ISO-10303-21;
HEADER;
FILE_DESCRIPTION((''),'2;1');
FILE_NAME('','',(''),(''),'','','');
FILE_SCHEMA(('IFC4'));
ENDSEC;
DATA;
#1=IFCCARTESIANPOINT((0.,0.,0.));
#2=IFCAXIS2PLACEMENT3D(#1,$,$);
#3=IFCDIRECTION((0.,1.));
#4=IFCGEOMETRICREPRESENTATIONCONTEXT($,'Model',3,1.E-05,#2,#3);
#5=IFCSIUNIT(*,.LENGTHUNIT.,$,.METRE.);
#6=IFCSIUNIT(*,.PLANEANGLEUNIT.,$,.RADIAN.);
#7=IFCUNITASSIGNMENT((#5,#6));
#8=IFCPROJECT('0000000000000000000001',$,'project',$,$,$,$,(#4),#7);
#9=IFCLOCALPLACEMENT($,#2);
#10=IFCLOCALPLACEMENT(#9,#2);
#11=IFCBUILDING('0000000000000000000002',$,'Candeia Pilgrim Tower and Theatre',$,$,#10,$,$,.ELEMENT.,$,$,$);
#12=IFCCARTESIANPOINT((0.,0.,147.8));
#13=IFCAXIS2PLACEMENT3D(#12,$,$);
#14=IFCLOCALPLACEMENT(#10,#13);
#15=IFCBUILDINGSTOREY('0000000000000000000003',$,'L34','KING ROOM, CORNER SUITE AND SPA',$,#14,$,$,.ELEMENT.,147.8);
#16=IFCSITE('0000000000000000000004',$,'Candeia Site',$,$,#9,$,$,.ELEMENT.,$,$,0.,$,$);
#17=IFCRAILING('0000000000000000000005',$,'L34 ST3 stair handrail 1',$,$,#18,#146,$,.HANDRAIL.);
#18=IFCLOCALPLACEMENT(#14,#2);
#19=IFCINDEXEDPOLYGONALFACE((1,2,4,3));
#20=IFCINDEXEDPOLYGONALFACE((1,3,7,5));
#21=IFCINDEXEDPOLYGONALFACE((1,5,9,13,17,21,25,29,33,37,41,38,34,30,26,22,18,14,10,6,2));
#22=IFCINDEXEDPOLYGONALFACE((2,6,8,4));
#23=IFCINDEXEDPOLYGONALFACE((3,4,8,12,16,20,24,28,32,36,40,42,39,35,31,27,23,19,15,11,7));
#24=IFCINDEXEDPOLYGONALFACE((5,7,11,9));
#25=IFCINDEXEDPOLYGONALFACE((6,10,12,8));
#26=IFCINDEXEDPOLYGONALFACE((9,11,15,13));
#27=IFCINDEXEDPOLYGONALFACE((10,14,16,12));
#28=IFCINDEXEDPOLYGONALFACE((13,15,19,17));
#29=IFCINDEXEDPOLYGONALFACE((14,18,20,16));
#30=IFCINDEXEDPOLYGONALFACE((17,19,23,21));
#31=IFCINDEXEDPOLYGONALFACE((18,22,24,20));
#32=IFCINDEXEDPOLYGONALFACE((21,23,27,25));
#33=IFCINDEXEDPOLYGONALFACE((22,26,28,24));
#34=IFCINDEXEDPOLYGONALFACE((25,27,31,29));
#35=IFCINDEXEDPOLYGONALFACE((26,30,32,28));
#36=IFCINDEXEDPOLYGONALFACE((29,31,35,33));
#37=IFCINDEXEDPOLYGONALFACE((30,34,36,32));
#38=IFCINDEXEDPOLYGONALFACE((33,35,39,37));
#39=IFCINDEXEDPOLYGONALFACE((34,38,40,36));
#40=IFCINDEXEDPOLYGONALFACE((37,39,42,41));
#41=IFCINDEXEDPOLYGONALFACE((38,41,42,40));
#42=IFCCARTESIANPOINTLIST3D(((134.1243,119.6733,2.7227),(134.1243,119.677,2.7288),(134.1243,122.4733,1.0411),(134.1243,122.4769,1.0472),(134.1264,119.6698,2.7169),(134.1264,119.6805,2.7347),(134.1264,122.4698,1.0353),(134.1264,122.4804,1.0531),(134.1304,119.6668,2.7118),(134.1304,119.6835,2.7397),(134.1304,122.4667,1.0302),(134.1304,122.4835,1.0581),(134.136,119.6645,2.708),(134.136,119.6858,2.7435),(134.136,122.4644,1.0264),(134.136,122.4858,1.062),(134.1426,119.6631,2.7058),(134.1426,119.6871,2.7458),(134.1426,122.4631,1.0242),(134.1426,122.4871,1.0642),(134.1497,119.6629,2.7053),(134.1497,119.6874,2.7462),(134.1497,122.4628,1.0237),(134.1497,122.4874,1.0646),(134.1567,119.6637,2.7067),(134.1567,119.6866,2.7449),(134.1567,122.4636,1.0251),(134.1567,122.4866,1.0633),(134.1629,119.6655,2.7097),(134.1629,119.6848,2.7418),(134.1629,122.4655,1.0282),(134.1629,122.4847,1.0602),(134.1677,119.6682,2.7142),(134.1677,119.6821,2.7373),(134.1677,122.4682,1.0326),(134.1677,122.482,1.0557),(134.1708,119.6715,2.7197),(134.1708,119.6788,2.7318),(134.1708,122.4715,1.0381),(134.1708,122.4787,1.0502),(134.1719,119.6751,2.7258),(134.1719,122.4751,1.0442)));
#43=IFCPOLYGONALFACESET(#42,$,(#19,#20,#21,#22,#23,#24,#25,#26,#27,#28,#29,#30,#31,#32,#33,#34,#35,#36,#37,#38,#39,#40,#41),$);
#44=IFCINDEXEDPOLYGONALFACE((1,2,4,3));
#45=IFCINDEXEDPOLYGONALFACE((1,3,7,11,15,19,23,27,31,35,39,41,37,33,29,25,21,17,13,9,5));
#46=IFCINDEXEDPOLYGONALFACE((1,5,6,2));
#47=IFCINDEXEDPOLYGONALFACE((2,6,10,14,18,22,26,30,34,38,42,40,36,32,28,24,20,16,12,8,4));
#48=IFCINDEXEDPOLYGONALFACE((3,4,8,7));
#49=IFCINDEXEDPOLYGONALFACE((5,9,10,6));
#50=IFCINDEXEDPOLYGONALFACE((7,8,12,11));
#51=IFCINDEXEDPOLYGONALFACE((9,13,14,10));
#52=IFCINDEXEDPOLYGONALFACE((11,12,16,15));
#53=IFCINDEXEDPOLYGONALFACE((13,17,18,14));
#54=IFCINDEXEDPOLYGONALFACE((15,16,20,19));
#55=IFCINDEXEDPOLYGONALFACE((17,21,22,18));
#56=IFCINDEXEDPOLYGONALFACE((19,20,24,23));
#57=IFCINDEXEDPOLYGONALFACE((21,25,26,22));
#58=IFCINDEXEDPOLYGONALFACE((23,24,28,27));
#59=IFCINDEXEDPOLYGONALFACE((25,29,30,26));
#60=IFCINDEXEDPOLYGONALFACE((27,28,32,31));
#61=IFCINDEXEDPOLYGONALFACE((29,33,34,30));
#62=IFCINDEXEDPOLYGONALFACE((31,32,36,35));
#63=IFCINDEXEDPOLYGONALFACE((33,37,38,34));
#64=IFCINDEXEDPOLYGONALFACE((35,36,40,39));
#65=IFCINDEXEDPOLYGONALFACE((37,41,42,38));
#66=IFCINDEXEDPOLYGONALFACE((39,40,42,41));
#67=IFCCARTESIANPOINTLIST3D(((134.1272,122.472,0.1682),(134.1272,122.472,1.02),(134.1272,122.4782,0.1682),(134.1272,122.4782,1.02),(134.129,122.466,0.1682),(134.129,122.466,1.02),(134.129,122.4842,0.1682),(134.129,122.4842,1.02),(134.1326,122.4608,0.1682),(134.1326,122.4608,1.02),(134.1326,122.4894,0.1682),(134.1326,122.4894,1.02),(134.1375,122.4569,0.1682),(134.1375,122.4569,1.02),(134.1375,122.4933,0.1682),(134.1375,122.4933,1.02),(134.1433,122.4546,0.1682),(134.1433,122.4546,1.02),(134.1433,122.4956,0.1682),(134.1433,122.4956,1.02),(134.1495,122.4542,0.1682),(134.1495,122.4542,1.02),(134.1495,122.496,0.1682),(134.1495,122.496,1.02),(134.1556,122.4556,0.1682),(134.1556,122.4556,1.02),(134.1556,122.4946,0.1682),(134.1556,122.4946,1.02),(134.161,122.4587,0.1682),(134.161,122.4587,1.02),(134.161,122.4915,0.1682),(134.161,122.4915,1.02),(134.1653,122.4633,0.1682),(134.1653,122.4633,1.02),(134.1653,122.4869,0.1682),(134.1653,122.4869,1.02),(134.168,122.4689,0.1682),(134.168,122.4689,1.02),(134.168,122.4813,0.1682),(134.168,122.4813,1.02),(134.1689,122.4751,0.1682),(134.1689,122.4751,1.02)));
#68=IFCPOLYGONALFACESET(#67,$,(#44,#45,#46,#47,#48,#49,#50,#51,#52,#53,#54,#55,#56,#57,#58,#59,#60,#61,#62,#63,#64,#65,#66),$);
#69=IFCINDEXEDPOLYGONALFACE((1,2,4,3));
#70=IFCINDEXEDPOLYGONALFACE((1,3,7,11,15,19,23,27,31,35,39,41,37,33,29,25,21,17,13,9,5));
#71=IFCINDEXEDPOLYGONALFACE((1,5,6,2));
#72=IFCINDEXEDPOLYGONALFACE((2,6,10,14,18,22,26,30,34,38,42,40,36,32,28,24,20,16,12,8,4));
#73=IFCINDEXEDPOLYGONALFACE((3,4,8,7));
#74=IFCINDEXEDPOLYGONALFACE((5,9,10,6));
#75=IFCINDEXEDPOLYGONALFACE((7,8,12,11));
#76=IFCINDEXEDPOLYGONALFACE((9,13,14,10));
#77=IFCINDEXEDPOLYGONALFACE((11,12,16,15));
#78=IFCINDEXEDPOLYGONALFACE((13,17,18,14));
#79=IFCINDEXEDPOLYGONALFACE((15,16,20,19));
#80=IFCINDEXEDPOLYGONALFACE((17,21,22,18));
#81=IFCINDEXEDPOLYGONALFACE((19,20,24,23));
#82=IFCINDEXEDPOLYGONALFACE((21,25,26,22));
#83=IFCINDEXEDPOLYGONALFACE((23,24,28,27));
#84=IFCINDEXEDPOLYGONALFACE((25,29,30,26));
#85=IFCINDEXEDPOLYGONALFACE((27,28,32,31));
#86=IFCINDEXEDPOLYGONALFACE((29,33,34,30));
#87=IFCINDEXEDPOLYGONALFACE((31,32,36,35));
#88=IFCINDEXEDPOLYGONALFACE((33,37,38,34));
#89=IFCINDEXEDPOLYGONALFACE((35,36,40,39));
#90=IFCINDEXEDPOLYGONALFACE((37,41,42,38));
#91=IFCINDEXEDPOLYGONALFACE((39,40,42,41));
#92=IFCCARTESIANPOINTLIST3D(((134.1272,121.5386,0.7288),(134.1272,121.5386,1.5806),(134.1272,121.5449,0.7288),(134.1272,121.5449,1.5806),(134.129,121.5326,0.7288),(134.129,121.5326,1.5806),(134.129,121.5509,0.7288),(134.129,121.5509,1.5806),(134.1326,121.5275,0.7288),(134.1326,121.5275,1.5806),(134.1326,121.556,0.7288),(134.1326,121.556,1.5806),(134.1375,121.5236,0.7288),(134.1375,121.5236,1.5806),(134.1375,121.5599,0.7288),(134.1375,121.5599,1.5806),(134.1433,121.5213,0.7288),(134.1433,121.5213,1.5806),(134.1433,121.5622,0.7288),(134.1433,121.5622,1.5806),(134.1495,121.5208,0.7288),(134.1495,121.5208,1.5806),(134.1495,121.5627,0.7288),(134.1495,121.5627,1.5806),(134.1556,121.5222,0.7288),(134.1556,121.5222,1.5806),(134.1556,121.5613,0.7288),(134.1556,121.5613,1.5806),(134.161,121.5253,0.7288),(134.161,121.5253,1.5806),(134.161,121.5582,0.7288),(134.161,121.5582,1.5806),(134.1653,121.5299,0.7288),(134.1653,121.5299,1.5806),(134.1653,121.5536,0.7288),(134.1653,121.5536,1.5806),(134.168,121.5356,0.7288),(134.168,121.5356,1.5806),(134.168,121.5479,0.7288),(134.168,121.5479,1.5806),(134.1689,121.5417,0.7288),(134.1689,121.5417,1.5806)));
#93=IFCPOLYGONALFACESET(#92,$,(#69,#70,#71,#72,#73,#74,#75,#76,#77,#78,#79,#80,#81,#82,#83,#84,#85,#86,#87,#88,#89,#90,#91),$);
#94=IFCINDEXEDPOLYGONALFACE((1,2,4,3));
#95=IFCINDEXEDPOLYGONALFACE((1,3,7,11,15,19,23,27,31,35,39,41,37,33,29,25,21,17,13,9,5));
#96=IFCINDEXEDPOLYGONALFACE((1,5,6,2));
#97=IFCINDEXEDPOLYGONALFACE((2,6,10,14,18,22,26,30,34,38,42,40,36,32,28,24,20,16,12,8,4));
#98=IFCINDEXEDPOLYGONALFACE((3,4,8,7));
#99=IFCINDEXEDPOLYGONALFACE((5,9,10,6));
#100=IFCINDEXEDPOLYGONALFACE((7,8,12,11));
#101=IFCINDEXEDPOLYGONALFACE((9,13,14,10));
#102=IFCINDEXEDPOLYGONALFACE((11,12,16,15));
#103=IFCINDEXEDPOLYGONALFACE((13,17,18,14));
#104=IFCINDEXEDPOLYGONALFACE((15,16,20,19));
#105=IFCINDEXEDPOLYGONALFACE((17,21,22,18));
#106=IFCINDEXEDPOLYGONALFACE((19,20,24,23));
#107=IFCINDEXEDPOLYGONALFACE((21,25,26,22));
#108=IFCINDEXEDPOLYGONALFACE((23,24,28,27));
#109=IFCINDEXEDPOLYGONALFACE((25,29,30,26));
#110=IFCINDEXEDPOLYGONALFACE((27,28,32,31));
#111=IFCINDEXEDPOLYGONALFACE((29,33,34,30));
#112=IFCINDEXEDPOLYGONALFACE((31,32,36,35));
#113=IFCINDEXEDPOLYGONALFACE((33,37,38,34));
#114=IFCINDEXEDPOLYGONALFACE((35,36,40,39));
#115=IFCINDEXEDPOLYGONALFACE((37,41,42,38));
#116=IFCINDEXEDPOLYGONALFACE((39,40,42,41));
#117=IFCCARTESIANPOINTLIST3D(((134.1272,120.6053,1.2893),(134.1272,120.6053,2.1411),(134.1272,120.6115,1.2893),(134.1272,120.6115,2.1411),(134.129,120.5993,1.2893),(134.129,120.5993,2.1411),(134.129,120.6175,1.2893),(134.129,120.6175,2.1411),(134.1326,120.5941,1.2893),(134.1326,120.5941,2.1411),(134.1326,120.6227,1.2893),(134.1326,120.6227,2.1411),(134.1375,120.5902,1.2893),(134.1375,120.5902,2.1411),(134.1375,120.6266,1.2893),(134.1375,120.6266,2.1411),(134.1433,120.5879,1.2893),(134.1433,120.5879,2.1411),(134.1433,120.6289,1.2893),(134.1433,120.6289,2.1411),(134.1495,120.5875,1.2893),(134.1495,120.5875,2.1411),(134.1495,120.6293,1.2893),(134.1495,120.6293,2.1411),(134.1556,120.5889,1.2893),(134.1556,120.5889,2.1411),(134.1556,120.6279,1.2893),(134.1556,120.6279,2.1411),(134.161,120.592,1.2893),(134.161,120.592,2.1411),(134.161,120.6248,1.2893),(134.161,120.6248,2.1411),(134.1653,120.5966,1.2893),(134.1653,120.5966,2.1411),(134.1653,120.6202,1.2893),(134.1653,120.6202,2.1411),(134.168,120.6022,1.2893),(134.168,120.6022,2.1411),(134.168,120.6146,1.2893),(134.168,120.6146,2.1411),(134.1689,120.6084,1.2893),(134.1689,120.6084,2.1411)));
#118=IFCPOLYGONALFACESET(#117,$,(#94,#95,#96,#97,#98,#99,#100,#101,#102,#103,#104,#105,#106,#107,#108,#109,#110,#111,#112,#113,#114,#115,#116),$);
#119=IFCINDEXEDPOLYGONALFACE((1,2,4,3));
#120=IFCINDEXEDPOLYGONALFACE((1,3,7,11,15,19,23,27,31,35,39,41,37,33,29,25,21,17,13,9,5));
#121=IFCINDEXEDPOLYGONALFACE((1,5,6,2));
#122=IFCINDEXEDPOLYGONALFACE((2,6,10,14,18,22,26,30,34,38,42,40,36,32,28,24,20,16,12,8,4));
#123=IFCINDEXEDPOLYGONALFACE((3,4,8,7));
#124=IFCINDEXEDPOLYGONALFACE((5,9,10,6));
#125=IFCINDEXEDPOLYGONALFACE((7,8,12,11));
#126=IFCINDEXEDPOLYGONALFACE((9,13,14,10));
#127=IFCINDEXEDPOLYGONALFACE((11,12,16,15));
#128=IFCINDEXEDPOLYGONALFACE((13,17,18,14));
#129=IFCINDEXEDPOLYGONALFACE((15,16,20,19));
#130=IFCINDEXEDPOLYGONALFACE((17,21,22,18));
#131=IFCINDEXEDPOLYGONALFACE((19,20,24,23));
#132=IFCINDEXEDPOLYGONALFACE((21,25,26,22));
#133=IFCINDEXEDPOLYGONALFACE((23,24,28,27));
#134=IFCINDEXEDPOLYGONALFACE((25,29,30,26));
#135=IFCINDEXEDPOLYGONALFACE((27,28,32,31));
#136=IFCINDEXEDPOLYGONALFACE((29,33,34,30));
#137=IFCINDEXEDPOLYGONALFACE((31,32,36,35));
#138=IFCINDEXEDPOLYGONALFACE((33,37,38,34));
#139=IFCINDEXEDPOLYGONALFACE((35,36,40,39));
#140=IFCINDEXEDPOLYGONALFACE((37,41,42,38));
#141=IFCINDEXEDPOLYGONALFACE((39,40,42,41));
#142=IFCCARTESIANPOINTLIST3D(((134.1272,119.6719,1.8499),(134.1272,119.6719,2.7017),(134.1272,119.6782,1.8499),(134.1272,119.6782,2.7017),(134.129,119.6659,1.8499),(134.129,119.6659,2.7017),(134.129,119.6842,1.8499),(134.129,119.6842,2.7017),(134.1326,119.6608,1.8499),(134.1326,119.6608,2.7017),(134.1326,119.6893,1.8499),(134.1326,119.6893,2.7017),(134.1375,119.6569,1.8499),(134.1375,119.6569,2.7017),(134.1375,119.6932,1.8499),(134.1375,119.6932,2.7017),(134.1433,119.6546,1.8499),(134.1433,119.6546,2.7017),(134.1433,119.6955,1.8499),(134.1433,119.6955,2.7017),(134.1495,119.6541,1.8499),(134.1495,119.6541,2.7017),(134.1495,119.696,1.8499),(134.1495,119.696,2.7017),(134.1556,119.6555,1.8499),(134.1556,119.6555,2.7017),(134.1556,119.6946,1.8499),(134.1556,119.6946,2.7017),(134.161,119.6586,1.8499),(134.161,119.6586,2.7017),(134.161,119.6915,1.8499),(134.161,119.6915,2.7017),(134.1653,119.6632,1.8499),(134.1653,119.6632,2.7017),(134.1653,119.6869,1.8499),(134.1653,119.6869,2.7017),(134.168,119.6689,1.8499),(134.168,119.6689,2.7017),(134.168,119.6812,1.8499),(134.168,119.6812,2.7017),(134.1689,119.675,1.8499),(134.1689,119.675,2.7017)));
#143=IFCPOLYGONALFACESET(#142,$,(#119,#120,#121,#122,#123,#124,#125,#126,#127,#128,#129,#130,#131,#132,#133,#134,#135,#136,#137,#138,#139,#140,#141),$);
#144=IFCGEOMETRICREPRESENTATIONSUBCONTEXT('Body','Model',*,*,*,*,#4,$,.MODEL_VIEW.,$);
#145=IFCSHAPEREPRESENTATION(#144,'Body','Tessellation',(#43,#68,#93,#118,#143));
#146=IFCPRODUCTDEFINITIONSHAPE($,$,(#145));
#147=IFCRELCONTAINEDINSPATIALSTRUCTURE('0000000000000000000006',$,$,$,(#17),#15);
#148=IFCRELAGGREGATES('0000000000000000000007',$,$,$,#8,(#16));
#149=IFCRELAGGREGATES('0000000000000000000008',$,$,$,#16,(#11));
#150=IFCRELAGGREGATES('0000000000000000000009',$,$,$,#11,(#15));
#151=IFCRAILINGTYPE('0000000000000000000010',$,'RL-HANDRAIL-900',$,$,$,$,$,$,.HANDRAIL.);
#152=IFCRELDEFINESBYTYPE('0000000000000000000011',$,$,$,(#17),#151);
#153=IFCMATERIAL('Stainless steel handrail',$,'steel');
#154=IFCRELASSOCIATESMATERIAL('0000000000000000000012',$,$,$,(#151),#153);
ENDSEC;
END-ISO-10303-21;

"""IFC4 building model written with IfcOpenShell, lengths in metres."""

from ifc_helpers import new_model, si_unit, direction, frame, origin, origin_2d, place, context, subcontext, project, spatial, circle, extrude, material, type_object, element, save


model = new_model("IFC4")

# Units and contexts
model_context = context("Model", 3, precision=1e-05, world=origin(), true_north=direction((0.0, 1.0)))
body_context = subcontext(model_context, "Body", "Model", "MODEL_VIEW")
ifc_project = project(units=[si_unit("LENGTHUNIT", "METRE"), si_unit("PLANEANGLEUNIT", "RADIAN")], contexts=[model_context])

# Site, building, storey
site_placement = place(None, origin())
site = spatial("IfcSite", under=ifc_project, at=site_placement, Name="Candeia Site", CompositionType="ELEMENT", RefElevation=0.0)
building_placement = place(site_placement, origin())
building = spatial("IfcBuilding", under=site, at=building_placement, Name="Candeia Pilgrim Tower and Theatre", CompositionType="ELEMENT")
storey_placement = place(building_placement, frame((0.0, 0.0, 147.8)))
storey = spatial("IfcBuildingStorey", under=building, at=storey_placement, Name="L34", Description="KING ROOM, CORNER SUITE AND SPA", CompositionType="ELEMENT", Elevation=147.8)

# Railing
ifc_material_1 = material(Name="Stainless steel handrail", Category="steel")
railing_type_1 = type_object("IfcRailingType", Name="RL-HANDRAIL-900", PredefinedType="HANDRAIL", material=ifc_material_1)
railing_1_placement = place(storey_placement, frame((134.1479, 122.4751, 0.1682)))
element("IfcRailing", 1, at=railing_1_placement, inside=storey, type_object=railing_type_1, Name="L34 ST3 stair handrail 1", PredefinedType="HANDRAIL", context=body_context, shape_type="SweptSolid", body=[
    extrude(circle(Radius=0.0239, at=origin_2d()), frame((0.0, 0.0, 0.876), z_axis=(0.0, -0.857275, 0.514858), x_axis=(1.0, 0.0, 0.0)), (0.0, 0.0, 1.0), 3.2661),
    extrude(circle(Radius=0.021, at=origin_2d()), origin(), (0.0, 0.0, 1.0), 0.8518),
    extrude(circle(Radius=0.021, at=origin_2d()), frame((0.0, -0.9333, 0.5605)), (0.0, 0.0, 1.0), 0.8518),
    extrude(circle(Radius=0.021, at=origin_2d()), frame((0.0, -1.8667, 1.1211)), (0.0, 0.0, 1.0), 0.8518),
    extrude(circle(Radius=0.021, at=origin_2d()), frame((0.0, -2.8, 1.6816)), (0.0, 0.0, 1.0), 0.8518),
])

save(model, "model.ifc")
